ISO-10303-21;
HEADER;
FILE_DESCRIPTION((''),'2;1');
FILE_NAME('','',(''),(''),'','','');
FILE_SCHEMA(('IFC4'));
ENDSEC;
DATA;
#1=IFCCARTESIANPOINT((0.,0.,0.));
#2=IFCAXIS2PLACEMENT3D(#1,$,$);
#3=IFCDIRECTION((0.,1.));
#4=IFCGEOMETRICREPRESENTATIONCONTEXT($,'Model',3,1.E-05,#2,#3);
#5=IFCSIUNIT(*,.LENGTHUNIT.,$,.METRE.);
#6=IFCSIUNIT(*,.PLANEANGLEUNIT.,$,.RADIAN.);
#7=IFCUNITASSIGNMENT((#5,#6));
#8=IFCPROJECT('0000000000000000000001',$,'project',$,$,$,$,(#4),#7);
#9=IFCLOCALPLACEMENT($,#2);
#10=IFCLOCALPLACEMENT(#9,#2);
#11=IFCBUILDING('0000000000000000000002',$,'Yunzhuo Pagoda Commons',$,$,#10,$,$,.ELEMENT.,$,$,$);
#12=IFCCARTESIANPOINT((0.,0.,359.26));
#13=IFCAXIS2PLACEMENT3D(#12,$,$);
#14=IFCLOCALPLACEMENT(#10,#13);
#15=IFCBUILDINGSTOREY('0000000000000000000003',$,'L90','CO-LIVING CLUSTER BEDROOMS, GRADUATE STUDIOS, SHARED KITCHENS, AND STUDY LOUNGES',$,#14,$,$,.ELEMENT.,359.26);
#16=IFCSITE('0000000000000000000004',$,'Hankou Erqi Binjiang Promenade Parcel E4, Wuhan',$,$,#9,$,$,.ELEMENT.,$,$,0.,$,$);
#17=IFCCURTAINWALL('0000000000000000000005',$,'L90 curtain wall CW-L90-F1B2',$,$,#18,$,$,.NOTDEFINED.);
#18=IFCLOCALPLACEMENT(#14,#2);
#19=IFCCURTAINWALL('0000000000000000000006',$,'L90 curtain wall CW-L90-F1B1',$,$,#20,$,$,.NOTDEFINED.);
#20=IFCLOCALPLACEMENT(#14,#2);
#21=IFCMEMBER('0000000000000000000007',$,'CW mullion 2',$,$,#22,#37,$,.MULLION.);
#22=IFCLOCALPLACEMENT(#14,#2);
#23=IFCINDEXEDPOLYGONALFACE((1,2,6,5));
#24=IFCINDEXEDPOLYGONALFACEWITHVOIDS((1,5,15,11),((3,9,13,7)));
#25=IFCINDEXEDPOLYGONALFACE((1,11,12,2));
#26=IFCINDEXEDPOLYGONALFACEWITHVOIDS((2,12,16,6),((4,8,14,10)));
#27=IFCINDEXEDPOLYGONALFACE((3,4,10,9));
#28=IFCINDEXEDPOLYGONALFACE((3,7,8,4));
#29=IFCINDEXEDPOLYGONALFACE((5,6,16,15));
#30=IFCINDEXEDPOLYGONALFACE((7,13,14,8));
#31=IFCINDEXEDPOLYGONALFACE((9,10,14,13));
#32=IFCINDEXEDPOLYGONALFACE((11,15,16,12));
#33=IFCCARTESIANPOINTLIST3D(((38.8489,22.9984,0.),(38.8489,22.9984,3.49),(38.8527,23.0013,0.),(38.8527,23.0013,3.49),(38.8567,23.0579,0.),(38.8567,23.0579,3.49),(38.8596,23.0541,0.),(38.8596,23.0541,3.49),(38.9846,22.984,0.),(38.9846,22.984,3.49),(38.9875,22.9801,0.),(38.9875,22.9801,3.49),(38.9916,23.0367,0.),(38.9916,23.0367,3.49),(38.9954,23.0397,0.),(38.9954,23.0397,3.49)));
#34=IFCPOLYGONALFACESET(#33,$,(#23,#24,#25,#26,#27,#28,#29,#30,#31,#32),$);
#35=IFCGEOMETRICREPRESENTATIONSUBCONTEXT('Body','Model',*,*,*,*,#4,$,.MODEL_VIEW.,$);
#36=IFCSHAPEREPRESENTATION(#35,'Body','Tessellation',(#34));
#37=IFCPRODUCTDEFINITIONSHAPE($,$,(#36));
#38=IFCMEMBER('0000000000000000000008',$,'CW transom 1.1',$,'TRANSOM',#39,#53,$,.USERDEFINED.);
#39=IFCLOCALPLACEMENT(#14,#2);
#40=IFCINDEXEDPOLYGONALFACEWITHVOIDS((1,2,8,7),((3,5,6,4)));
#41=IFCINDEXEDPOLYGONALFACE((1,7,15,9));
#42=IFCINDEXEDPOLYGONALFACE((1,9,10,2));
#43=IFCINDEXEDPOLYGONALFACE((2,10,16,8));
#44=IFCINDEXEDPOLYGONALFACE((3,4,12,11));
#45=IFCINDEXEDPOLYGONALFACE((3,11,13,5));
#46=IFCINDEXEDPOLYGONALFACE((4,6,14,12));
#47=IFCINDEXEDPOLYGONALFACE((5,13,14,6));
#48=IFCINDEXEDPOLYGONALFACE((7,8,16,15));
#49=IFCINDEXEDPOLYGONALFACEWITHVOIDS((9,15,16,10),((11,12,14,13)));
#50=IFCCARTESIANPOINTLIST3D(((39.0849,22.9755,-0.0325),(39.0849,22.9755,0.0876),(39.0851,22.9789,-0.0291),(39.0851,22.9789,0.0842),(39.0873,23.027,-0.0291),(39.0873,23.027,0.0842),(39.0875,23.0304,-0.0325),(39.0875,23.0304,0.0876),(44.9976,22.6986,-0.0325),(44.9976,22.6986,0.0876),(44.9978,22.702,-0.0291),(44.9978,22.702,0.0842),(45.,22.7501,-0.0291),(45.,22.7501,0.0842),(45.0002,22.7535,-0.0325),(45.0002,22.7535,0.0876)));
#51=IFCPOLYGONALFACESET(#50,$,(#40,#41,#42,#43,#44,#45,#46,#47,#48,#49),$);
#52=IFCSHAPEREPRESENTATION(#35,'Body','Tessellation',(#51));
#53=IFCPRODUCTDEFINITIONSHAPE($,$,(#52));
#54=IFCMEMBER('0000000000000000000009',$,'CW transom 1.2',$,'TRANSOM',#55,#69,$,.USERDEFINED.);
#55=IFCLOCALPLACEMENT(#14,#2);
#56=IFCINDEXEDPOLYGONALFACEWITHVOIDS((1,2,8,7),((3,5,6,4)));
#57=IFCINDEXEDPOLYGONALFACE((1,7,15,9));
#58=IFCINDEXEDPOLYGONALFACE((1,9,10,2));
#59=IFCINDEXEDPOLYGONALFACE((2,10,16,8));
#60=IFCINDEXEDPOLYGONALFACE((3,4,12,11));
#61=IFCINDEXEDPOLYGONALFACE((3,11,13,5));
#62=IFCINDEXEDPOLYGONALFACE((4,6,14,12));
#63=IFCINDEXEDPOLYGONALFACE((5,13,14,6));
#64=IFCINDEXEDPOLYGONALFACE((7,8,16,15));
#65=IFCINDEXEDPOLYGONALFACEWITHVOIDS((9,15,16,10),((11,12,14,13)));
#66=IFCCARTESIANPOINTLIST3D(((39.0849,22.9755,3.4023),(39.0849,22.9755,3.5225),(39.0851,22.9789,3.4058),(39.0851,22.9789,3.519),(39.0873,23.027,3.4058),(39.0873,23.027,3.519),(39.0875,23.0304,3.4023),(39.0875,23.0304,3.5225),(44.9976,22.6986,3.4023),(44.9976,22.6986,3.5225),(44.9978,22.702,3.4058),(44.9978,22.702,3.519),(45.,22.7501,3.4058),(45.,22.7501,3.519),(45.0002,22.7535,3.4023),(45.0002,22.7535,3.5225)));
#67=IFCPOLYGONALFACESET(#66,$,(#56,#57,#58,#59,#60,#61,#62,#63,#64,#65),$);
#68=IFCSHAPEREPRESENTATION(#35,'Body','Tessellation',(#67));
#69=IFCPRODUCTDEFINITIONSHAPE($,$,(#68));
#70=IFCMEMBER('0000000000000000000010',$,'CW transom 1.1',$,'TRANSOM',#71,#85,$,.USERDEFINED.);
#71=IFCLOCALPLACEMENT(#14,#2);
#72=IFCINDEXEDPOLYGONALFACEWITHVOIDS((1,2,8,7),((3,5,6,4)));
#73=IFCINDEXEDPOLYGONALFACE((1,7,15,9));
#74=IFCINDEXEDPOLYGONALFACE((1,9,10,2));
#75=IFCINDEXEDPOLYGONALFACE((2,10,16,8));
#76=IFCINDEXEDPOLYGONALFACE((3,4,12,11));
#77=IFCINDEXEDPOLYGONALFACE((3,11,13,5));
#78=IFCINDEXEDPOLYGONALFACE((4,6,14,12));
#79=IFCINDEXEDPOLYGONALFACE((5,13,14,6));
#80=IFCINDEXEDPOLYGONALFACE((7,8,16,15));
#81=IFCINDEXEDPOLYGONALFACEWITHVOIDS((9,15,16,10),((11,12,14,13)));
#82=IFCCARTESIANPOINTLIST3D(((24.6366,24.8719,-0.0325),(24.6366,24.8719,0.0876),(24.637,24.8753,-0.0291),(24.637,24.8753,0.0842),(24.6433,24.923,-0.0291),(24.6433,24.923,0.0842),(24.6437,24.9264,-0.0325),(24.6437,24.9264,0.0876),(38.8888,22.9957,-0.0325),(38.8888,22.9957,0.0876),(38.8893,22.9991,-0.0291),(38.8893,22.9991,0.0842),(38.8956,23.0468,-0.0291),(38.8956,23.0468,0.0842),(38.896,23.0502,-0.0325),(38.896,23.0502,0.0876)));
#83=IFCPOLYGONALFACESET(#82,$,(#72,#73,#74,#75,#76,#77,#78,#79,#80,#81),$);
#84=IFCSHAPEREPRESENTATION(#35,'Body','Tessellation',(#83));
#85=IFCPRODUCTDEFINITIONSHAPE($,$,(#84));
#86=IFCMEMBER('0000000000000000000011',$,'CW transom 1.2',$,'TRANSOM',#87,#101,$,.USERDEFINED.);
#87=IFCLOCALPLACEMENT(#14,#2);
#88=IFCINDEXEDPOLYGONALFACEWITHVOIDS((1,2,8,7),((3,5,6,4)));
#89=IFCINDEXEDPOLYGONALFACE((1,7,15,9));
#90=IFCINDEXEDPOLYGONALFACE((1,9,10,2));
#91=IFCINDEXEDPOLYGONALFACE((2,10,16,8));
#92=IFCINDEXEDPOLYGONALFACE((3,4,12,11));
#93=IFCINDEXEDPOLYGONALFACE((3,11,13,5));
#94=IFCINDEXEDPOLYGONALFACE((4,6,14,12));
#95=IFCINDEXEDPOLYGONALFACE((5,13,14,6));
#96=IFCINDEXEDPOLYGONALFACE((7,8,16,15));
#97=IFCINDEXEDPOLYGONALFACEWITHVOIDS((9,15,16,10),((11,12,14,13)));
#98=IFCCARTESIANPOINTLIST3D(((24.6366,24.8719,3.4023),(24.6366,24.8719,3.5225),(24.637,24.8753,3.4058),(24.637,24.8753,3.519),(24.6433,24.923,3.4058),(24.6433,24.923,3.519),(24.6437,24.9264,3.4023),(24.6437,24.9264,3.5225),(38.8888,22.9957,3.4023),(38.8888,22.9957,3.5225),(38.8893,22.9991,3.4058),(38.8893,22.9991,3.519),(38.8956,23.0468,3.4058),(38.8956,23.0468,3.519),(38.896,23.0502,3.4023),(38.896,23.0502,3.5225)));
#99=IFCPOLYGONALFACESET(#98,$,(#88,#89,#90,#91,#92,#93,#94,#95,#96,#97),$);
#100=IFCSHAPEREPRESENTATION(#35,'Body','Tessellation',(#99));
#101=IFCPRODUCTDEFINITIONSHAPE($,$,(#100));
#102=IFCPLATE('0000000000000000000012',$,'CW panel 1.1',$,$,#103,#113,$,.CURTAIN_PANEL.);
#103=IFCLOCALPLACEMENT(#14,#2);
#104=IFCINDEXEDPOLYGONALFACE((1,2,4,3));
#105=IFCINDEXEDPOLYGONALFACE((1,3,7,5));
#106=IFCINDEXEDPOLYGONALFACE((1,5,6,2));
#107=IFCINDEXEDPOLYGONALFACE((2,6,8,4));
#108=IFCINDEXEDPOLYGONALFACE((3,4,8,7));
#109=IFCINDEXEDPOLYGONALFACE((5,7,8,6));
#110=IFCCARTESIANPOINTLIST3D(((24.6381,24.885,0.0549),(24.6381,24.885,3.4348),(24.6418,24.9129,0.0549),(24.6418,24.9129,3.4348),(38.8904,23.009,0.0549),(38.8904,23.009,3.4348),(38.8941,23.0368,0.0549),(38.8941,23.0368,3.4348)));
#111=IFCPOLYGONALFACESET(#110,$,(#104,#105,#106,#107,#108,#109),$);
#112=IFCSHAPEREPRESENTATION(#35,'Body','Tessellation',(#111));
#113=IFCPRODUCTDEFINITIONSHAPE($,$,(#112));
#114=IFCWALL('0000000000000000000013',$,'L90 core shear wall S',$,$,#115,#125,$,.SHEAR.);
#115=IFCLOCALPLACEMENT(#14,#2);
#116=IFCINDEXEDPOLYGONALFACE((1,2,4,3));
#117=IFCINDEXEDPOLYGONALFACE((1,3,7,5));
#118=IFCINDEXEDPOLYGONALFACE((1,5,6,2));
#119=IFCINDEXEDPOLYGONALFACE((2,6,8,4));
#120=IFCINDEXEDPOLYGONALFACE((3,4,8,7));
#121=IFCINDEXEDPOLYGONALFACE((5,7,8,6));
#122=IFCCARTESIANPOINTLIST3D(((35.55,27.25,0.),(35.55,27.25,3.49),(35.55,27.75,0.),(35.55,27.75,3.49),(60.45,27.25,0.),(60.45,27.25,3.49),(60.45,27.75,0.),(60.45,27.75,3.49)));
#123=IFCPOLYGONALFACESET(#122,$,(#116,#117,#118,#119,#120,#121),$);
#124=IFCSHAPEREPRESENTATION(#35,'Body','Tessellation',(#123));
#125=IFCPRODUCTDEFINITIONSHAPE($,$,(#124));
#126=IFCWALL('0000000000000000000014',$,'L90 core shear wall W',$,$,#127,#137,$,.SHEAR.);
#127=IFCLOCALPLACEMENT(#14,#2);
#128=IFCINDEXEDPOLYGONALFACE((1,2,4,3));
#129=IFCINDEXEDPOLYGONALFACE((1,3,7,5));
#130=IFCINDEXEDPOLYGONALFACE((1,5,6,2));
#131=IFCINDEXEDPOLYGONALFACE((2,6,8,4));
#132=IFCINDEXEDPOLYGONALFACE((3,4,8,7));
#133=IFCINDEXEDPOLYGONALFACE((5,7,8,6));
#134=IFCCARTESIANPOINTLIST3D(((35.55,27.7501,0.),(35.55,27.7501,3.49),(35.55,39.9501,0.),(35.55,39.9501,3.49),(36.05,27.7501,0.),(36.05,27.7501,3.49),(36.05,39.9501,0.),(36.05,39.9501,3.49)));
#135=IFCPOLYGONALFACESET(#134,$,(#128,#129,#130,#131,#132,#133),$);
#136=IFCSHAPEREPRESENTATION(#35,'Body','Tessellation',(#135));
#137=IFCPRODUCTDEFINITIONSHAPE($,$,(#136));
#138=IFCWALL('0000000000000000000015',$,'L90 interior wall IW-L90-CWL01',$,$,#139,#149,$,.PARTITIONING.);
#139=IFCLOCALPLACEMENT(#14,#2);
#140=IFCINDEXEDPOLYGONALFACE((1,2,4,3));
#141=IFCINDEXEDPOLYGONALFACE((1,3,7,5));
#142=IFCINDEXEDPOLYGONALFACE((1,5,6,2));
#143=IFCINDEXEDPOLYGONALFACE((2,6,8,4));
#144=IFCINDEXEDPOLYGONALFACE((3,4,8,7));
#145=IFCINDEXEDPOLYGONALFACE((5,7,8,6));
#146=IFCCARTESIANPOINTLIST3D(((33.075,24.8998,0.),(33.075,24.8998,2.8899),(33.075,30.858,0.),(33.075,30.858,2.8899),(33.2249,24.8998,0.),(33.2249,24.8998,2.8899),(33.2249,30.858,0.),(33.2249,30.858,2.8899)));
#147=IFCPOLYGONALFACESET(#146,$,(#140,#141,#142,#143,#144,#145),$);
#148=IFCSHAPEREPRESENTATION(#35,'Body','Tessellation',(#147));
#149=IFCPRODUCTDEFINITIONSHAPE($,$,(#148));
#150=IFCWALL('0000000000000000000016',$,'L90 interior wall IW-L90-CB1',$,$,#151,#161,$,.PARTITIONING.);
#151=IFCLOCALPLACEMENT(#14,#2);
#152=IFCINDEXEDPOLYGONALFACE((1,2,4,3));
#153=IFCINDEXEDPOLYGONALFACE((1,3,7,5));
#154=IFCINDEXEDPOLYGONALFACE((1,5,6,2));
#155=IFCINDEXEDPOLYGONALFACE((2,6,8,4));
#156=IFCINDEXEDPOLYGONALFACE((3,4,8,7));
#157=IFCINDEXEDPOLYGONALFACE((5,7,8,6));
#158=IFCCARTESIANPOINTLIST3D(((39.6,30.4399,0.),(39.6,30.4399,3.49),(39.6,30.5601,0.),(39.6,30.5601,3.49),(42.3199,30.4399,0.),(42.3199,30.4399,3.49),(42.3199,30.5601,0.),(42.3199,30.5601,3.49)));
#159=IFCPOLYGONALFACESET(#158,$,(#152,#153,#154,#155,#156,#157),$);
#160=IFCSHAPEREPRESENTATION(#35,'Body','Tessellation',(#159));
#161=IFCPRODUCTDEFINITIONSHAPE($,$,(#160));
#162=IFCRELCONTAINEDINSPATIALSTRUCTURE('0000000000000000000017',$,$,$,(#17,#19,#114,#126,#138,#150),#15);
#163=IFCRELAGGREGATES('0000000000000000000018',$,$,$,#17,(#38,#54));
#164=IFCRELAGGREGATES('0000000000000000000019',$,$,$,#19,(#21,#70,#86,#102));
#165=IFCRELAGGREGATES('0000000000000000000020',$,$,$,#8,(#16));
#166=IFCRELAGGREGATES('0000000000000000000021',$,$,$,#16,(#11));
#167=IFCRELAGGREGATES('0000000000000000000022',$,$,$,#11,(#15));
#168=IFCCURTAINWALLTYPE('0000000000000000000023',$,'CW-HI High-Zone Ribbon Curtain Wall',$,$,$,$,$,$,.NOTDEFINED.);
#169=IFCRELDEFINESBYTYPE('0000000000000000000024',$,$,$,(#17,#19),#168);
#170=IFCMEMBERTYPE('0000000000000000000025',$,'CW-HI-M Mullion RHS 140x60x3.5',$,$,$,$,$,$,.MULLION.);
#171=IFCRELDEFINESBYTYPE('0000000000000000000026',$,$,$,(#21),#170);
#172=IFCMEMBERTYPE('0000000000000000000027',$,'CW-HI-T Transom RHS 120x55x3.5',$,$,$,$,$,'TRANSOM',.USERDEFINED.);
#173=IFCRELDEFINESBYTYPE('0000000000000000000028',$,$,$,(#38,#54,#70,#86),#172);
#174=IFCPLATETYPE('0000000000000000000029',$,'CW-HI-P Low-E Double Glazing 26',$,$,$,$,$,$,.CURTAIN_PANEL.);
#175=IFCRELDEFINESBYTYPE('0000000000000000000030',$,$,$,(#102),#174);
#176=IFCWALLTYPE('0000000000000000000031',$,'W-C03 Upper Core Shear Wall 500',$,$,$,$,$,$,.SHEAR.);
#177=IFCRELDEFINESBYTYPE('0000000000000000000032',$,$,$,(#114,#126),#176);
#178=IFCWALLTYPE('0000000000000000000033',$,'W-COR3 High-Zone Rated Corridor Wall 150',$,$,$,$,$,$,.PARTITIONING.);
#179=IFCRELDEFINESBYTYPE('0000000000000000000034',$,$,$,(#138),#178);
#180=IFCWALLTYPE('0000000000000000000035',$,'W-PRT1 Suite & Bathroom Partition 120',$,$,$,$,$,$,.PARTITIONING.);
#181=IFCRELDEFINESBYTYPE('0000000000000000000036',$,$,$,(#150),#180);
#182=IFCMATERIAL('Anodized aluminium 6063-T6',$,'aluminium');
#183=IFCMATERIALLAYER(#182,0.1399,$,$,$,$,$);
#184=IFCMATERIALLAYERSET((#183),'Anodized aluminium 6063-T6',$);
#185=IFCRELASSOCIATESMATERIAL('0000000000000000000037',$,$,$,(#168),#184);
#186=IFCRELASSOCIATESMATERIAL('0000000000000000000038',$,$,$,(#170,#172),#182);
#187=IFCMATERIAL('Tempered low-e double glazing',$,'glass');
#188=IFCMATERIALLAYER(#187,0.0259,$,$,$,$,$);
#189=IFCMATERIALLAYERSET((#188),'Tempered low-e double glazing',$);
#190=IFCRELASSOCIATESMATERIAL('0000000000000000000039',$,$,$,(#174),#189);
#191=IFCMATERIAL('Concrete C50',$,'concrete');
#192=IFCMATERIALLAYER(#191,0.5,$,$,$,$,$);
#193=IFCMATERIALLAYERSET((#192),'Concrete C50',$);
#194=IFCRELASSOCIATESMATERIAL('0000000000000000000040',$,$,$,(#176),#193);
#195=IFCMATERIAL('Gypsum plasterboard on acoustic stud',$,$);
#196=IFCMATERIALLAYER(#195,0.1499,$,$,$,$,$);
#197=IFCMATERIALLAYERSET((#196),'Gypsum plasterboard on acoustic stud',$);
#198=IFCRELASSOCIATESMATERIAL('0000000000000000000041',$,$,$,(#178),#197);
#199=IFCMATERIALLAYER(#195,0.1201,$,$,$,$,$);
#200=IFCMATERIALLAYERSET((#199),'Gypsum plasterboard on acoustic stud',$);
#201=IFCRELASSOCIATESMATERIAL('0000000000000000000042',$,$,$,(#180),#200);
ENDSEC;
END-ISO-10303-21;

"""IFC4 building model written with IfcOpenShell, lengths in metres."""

from ifc_helpers import new_model, si_unit, direction, frame, frame_2d, origin, origin_2d, place, context, subcontext, project, spatial, rectangle, hollow_rectangle, extrude, source, transform, mapped, material, layer, layer_set, material_profile, profile_set, type_object, element, aggregate, save


model = new_model("IFC4")

# Units and contexts
model_context = context("Model", 3, precision=1e-05, world=origin(), true_north=direction((0.0, 1.0)))
body_context = subcontext(model_context, "Body", "Model", "MODEL_VIEW")
ifc_project = project(units=[si_unit("LENGTHUNIT", "METRE"), si_unit("PLANEANGLEUNIT", "RADIAN")], contexts=[model_context])

# Site, building, storey
site_placement = place(None, origin())
site = spatial("IfcSite", under=ifc_project, at=site_placement, Name="Hankou Erqi Binjiang Promenade Parcel E4, Wuhan", CompositionType="ELEMENT", RefElevation=0.0)
building_placement = place(site_placement, origin())
building = spatial("IfcBuilding", under=site, at=building_placement, Name="Yunzhuo Pagoda Commons", CompositionType="ELEMENT")
storey_placement = place(building_placement, frame((0.0, 0.0, 359.26)))
storey = spatial("IfcBuildingStorey", under=building, at=storey_placement, Name="L90", Description="CO-LIVING CLUSTER BEDROOMS, GRADUATE STUDIOS, SHARED KITCHENS, AND STUDY LOUNGES", CompositionType="ELEMENT", Elevation=359.26)

# Curtain walls, member
ifc_material_1 = material(Name="Anodized aluminium 6063-T6", Category="aluminium")
ifc_layer_1 = layer(ifc_material_1, 0.1399)
ifc_layer_set_1 = layer_set([ifc_layer_1], Name="Anodized aluminium 6063-T6")
curtain_wall_type = type_object("IfcCurtainWallType", Name="CW-HI High-Zone Ribbon Curtain Wall", PredefinedType="NOTDEFINED", material=ifc_layer_set_1)
curtain_wall_1_placement = place(storey_placement, origin())
curtain_wall_1 = element("IfcCurtainWall", 1, at=curtain_wall_1_placement, inside=storey, type_object=curtain_wall_type, Name="L90 curtain wall CW-L90-F1B2", PredefinedType="NOTDEFINED")
ifc_material_profile_1 = material_profile(ifc_material_1, hollow_rectangle(XDim=0.0601, YDim=0.1399, WallThickness=0.0034, at=origin_2d()), Name="Anodized aluminium 6063-T6")
ifc_profile_set_1 = profile_set([ifc_material_profile_1], Name="Anodized aluminium 6063-T6")
member_type_1 = type_object("IfcMemberType", Name="CW-HI-M Mullion RHS 140x60x3.5", PredefinedType="MULLION", material=ifc_profile_set_1)
shared_shape_1 = source(origin(), body_context, "Body", "SweptSolid", [
    extrude(hollow_rectangle(XDim=0.0601, YDim=0.1399, WallThickness=0.0034, at=origin_2d()), origin(), (0.0, 0.0, 1.0), 3.49),
])
curtain_wall_2_placement = place(storey_placement, origin())
curtain_wall_2 = element("IfcCurtainWall", 2, at=curtain_wall_2_placement, inside=storey, type_object=curtain_wall_type, Name="L90 curtain wall CW-L90-F1B1", PredefinedType="NOTDEFINED")
member_1_placement = place(storey_placement, frame((38.9221, 23.019, 0.0), z_axis=(0.0, 0.0, 1.0), x_axis=(0.130506, 0.991448, 0.0)))
member_1 = element("IfcMember", 3, at=member_1_placement, type_object=member_type_1, Name="CW mullion 2", PredefinedType="MULLION", context=body_context, shape_type="MappedRepresentation", body=[
    mapped(shared_shape_1, transform((0.0, 0.0, 0.0), scale=1.0)),
])

# Members
ifc_material_profile_2 = material_profile(ifc_material_1, hollow_rectangle(XDim=0.0549, YDim=0.1201, WallThickness=0.0034, at=origin_2d()), Name="Anodized aluminium 6063-T6")
ifc_profile_set_2 = profile_set([ifc_material_profile_2], Name="Anodized aluminium 6063-T6")
member_type_2 = type_object("IfcMemberType", Name="CW-HI-T Transom RHS 120x55x3.5", ElementType="TRANSOM", PredefinedType="USERDEFINED", material=ifc_profile_set_2)
shared_shape_2 = source(origin(), body_context, "Body", "SweptSolid", [
    extrude(hollow_rectangle(XDim=0.0549, YDim=0.1201, WallThickness=0.0034, at=origin_2d()), origin(), (0.0, 0.0, 1.0), 5.9192),
])
member_2_placement = place(storey_placement, frame((39.0862, 23.0029, 0.0276), z_axis=(0.998906, -0.046773, 0.0), x_axis=(0.046773, 0.998906, 0.0)))
member_2 = element("IfcMember", 4, at=member_2_placement, type_object=member_type_2, Name="CW transom 1.1", ObjectType="TRANSOM", PredefinedType="USERDEFINED", context=body_context, shape_type="MappedRepresentation", body=[
    mapped(shared_shape_2, transform((0.0, 0.0, 0.0), scale=1.0)),
])
member_3_placement = place(storey_placement, frame((39.0862, 23.0029, 3.4624), z_axis=(0.998906, -0.046773, 0.0), x_axis=(0.046773, 0.998906, 0.0)))
member_3 = element("IfcMember", 5, at=member_3_placement, type_object=member_type_2, Name="CW transom 1.2", ObjectType="TRANSOM", PredefinedType="USERDEFINED", context=body_context, shape_type="MappedRepresentation", body=[
    mapped(shared_shape_2, transform((0.0, 0.0, 0.0), scale=1.0)),
])
aggregate(curtain_wall_1, [member_2, member_3])
shared_shape_3 = source(origin(), body_context, "Body", "SweptSolid", [
    extrude(hollow_rectangle(XDim=0.0549, YDim=0.1201, WallThickness=0.0034, at=origin_2d()), origin(), (0.0, 0.0, 1.0), 14.3752),
])
member_4_placement = place(storey_placement, frame((24.6401, 24.8992, 0.0276), z_axis=(0.991446, -0.130518, 0.0), x_axis=(0.130518, 0.991446, 0.0)))
member_4 = element("IfcMember", 6, at=member_4_placement, type_object=member_type_2, Name="CW transom 1.1", ObjectType="TRANSOM", PredefinedType="USERDEFINED", context=body_context, shape_type="MappedRepresentation", body=[
    mapped(shared_shape_3, transform((0.0, 0.0, 0.0), scale=1.0)),
])
member_5_placement = place(storey_placement, frame((24.6401, 24.8992, 3.4624), z_axis=(0.991446, -0.130518, 0.0), x_axis=(0.130518, 0.991446, 0.0)))
member_5 = element("IfcMember", 7, at=member_5_placement, type_object=member_type_2, Name="CW transom 1.2", ObjectType="TRANSOM", PredefinedType="USERDEFINED", context=body_context, shape_type="MappedRepresentation", body=[
    mapped(shared_shape_3, transform((0.0, 0.0, 0.0), scale=1.0)),
])

# Plate
ifc_material_2 = material(Name="Tempered low-e double glazing", Category="glass")
ifc_layer_2 = layer(ifc_material_2, 0.0259)
ifc_layer_set_2 = layer_set([ifc_layer_2], Name="Tempered low-e double glazing")
plate_type = type_object("IfcPlateType", Name="CW-HI-P Low-E Double Glazing 26", PredefinedType="CURTAIN_PANEL", material=ifc_layer_set_2)
shared_shape_4 = source(origin(), body_context, "Body", "SweptSolid", [
    extrude(rectangle(XDim=14.3752, YDim=0.0281, at=origin_2d()), origin(), (0.0, 0.0, 1.0), 3.3799),
])
plate_placement = place(storey_placement, frame((31.7661, 23.9609, 0.0549), z_axis=(0.0, 0.0, 1.0), x_axis=(0.991448, -0.130506, 0.0)))
plate = element("IfcPlate", 8, at=plate_placement, type_object=plate_type, Name="CW panel 1.1", PredefinedType="CURTAIN_PANEL", context=body_context, shape_type="MappedRepresentation", body=[
    mapped(shared_shape_4, transform((0.0, 0.0, 0.0), scale=1.0)),
])
aggregate(curtain_wall_2, [member_1, member_4, member_5, plate])

# Walls
ifc_material_3 = material(Name="Concrete C50", Category="concrete")
ifc_layer_3 = layer(ifc_material_3, 0.5)
ifc_layer_set_3 = layer_set([ifc_layer_3], Name="Concrete C50")
wall_type_1 = type_object("IfcWallType", Name="W-C03 Upper Core Shear Wall 500", PredefinedType="SHEAR", material=ifc_layer_set_3)
wall_1_placement = place(storey_placement, frame((35.55, 27.5, 0.0), z_axis=(0.0, 0.0, 1.0), x_axis=(1.0, 0.0, 0.0)))
element("IfcWall", 9, at=wall_1_placement, inside=storey, type_object=wall_type_1, Name="L90 core shear wall S", PredefinedType="SHEAR", context=body_context, shape_type="SweptSolid", body=[
    extrude(rectangle(XDim=24.8999, YDim=0.5, at=frame_2d((12.45, 0.0))), origin(), (0.0, 0.0, 1.0), 3.49),
])
wall_2_placement = place(storey_placement, frame((35.8, 27.75, 0.0), z_axis=(0.0, 0.0, 1.0), x_axis=(0.0, 1.0, 0.0)))
element("IfcWall", 10, at=wall_2_placement, inside=storey, type_object=wall_type_1, Name="L90 core shear wall W", PredefinedType="SHEAR", context=body_context, shape_type="SweptSolid", body=[
    extrude(rectangle(XDim=12.2, YDim=0.5, at=frame_2d((6.1001, 0.0))), origin(), (0.0, 0.0, 1.0), 3.49),
])
ifc_material_4 = material(Name="Gypsum plasterboard on acoustic stud")
ifc_layer_4 = layer(ifc_material_4, 0.1499)
ifc_layer_set_4 = layer_set([ifc_layer_4], Name="Gypsum plasterboard on acoustic stud")
wall_type_2 = type_object("IfcWallType", Name="W-COR3 High-Zone Rated Corridor Wall 150", PredefinedType="PARTITIONING", material=ifc_layer_set_4)
wall_3_placement = place(storey_placement, frame((33.1499, 24.8999, 0.0), z_axis=(0.0, 0.0, 1.0), x_axis=(0.0, 1.0, 0.0)))
element("IfcWall", 11, at=wall_3_placement, inside=storey, type_object=wall_type_2, Name="L90 interior wall IW-L90-CWL01", PredefinedType="PARTITIONING", context=body_context, shape_type="SweptSolid", body=[
    extrude(rectangle(XDim=5.9583, YDim=0.1499, at=frame_2d((2.979, 0.0))), origin(), (0.0, 0.0, 1.0), 2.8899),
])
ifc_layer_5 = layer(ifc_material_4, 0.1201)
ifc_layer_set_5 = layer_set([ifc_layer_5], Name="Gypsum plasterboard on acoustic stud")
wall_type_3 = type_object("IfcWallType", Name="W-PRT1 Suite & Bathroom Partition 120", PredefinedType="PARTITIONING", material=ifc_layer_set_5)
wall_4_placement = place(storey_placement, frame((39.6001, 30.5, 0.0), z_axis=(0.0, 0.0, 1.0), x_axis=(1.0, 0.0, 0.0)))
element("IfcWall", 12, at=wall_4_placement, inside=storey, type_object=wall_type_3, Name="L90 interior wall IW-L90-CB1", PredefinedType="PARTITIONING", context=body_context, shape_type="SweptSolid", body=[
    extrude(rectangle(XDim=2.72, YDim=0.1201, at=frame_2d((1.3599, 0.0))), origin(), (0.0, 0.0, 1.0), 3.49),
])

save(model, "model.ifc")
